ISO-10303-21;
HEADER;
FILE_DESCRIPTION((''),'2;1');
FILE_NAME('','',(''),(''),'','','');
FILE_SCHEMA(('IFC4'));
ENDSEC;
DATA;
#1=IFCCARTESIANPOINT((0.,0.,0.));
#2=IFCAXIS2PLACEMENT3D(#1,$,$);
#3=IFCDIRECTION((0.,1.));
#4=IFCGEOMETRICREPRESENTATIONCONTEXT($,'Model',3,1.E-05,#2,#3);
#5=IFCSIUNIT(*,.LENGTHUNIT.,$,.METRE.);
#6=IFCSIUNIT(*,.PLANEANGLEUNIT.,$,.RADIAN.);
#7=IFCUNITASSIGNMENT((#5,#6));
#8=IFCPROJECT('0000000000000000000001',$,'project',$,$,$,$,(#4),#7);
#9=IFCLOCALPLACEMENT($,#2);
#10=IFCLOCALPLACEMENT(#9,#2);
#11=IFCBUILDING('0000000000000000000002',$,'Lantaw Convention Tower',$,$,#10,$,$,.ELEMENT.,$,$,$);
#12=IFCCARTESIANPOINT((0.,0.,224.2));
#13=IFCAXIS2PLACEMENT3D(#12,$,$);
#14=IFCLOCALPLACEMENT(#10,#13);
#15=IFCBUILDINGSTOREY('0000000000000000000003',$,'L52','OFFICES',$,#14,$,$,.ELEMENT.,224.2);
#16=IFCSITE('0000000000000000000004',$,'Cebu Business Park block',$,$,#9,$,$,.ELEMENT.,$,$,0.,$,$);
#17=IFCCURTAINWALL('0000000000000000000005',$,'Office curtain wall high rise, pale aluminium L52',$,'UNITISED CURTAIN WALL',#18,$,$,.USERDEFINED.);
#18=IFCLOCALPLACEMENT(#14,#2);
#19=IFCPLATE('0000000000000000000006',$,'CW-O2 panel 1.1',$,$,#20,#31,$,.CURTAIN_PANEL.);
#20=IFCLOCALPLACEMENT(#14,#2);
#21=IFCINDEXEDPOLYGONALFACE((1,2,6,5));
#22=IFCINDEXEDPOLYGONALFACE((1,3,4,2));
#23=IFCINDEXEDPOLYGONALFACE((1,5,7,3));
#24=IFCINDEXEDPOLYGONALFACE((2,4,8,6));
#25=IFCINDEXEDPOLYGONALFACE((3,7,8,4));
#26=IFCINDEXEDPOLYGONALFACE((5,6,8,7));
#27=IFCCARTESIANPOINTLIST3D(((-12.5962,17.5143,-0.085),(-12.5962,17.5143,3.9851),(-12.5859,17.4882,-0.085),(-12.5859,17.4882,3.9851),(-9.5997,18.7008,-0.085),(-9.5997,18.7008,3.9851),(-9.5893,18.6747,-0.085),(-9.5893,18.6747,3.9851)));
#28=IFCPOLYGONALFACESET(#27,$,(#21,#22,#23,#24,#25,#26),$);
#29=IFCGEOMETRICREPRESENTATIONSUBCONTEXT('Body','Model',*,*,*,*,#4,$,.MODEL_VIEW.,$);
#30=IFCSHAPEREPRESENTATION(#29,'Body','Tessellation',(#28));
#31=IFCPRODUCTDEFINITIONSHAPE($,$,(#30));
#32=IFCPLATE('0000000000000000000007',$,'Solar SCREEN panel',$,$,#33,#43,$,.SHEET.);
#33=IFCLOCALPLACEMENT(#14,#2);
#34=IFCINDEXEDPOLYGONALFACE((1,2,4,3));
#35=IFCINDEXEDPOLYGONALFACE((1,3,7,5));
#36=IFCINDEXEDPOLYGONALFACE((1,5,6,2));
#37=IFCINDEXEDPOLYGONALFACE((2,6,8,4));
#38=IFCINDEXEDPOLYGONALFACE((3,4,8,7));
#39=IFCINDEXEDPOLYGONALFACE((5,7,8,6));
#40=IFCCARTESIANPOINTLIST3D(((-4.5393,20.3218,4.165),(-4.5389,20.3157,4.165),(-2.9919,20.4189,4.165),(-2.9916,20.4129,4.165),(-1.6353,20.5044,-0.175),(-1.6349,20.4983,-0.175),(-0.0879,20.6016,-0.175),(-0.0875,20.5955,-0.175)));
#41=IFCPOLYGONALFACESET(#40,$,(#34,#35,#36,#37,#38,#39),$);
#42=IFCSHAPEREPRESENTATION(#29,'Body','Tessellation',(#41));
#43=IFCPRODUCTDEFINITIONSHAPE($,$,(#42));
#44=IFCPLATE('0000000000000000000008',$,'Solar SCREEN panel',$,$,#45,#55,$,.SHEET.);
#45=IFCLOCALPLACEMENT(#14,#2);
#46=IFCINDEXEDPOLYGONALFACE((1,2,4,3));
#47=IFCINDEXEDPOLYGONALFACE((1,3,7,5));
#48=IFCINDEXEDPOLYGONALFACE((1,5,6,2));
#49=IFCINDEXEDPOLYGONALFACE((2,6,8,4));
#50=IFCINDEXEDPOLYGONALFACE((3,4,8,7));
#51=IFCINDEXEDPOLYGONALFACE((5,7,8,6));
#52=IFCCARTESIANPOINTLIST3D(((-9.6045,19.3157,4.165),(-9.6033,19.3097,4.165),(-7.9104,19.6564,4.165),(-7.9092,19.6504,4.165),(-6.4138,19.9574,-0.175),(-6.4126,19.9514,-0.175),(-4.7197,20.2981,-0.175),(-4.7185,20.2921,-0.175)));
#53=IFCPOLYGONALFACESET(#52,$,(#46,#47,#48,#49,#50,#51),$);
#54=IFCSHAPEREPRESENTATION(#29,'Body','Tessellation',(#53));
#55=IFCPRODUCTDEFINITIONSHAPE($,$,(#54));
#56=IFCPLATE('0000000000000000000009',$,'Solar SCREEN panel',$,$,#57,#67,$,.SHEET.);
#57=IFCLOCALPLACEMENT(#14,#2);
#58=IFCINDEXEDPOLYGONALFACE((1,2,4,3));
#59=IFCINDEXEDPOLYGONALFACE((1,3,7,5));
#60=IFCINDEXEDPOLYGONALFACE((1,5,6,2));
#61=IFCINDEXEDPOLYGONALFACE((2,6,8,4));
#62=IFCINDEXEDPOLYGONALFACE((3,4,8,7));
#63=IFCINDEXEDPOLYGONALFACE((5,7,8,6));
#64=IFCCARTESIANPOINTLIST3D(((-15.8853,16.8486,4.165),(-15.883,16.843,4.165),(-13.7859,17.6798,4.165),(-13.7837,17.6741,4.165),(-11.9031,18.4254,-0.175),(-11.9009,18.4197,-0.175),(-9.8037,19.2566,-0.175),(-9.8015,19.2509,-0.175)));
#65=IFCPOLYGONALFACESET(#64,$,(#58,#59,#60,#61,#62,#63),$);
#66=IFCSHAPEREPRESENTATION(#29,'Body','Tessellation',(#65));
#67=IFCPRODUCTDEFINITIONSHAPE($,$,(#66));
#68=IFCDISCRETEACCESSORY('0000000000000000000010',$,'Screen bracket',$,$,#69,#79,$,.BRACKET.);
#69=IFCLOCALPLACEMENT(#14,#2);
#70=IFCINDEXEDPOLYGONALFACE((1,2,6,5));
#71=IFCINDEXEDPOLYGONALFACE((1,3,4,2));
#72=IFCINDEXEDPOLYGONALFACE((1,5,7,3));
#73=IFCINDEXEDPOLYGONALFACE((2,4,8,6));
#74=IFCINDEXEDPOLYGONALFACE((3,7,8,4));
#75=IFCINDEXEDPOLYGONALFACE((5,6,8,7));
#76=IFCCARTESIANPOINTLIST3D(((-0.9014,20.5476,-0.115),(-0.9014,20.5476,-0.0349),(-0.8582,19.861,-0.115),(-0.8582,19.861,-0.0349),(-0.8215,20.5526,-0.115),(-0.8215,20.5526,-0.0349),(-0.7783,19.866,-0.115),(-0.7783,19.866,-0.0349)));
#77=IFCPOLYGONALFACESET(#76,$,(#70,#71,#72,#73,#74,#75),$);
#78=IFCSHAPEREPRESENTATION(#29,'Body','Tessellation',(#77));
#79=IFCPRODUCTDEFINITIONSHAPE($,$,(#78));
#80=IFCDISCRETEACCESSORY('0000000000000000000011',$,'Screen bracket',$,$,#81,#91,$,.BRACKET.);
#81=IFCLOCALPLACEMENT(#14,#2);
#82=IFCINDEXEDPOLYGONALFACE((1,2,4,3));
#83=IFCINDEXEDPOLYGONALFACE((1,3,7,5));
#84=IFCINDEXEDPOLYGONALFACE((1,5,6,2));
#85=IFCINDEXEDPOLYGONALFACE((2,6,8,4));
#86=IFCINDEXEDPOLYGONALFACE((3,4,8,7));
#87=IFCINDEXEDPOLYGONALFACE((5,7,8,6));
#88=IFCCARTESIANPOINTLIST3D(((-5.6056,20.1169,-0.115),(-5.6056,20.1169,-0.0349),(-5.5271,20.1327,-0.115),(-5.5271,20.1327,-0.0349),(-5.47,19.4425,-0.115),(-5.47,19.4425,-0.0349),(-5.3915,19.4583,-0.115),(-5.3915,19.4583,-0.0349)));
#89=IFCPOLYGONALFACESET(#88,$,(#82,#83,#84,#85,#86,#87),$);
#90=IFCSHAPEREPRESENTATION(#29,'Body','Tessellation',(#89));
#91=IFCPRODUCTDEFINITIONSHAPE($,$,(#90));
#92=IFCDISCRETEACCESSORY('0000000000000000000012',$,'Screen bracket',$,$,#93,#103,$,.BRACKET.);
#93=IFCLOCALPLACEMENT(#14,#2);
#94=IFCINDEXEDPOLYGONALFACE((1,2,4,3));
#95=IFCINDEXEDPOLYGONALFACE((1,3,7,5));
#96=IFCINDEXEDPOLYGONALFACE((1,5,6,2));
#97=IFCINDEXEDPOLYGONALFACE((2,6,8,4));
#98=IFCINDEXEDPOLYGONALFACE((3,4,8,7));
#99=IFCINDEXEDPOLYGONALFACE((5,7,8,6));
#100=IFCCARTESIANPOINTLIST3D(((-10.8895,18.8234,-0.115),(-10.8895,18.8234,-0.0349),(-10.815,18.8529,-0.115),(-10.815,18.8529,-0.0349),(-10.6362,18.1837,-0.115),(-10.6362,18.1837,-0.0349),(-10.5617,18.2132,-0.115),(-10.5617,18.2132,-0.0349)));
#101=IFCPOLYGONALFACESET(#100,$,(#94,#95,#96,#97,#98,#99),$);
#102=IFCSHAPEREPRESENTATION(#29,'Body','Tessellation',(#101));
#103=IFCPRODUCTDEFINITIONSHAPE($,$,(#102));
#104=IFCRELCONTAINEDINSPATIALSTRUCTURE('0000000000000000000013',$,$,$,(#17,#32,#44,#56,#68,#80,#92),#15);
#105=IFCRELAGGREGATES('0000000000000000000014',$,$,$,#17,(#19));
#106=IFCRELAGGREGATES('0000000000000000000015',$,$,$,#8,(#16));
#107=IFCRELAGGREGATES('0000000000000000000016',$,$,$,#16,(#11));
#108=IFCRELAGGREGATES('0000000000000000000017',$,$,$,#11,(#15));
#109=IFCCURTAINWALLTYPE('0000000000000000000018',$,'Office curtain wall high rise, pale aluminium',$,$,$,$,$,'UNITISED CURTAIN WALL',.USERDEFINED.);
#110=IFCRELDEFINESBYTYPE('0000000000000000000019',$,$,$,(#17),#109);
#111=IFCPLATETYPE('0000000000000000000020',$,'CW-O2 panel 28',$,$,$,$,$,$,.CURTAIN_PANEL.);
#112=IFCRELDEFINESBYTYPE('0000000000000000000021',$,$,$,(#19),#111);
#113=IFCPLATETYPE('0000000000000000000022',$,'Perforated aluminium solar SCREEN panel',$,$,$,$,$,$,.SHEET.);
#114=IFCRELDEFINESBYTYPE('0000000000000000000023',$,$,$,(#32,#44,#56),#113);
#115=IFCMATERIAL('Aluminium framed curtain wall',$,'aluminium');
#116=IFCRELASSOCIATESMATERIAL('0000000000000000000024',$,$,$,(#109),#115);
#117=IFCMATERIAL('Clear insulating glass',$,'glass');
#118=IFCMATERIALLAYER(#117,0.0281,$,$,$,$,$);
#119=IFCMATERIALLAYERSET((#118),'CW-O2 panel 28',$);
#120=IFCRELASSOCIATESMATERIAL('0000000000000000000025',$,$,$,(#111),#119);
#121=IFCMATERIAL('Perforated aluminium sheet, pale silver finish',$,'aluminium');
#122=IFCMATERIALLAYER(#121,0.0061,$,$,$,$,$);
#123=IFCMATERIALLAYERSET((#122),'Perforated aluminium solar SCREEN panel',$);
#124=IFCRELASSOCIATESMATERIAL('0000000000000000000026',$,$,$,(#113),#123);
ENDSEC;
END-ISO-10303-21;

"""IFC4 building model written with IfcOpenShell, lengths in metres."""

from ifc_helpers import new_model, si_unit, direction, frame, origin, origin_2d, place, context, subcontext, project, spatial, polyline, rectangle, outline, extrude, material, layer, layer_set, type_object, element, aggregate, save


model = new_model("IFC4")

# Units and contexts
model_context = context("Model", 3, precision=1e-05, world=origin(), true_north=direction((0.0, 1.0)))
body_context = subcontext(model_context, "Body", "Model", "MODEL_VIEW")
ifc_project = project(units=[si_unit("LENGTHUNIT", "METRE"), si_unit("PLANEANGLEUNIT", "RADIAN")], contexts=[model_context])

# Site, building, storey
site_placement = place(None, origin())
site = spatial("IfcSite", under=ifc_project, at=site_placement, Name="Cebu Business Park block", CompositionType="ELEMENT", RefElevation=0.0)
building_placement = place(site_placement, origin())
building = spatial("IfcBuilding", under=site, at=building_placement, Name="Lantaw Convention Tower", CompositionType="ELEMENT")
storey_placement = place(building_placement, frame((0.0, 0.0, 224.2)))
storey = spatial("IfcBuildingStorey", under=building, at=storey_placement, Name="L52", Description="OFFICES", CompositionType="ELEMENT", Elevation=224.2)

# Shared definitions
ifc_material_1 = material(Name="Aluminium framed curtain wall", Category="aluminium")
curtain_wall_type = type_object("IfcCurtainWallType", Name="Office curtain wall high rise, pale aluminium", ElementType="UNITISED CURTAIN WALL", PredefinedType="USERDEFINED", material=ifc_material_1)

# Curtain wall
curtain_wall_1_placement = place(storey_placement, origin())
curtain_wall_1 = element("IfcCurtainWall", 1, at=curtain_wall_1_placement, inside=storey, type_object=curtain_wall_type, Name="Office curtain wall high rise, pale aluminium L52", ObjectType="UNITISED CURTAIN WALL", PredefinedType="USERDEFINED")

# Plate
ifc_material_2 = material(Name="Clear insulating glass", Category="glass")
ifc_layer_1 = layer(ifc_material_2, 0.0281)
ifc_layer_set_1 = layer_set([ifc_layer_1], Name="CW-O2 panel 28")
plate_type_1 = type_object("IfcPlateType", Name="CW-O2 panel 28", PredefinedType="CURTAIN_PANEL", material=ifc_layer_set_1)
plate_1_placement = place(storey_placement, frame((-11.0928, 18.0945, -0.085), z_axis=(0.0, 0.0, 1.0), x_axis=(-0.929762, -0.368162, 0.0)))
plate_1 = element("IfcPlate", 2, at=plate_1_placement, type_object=plate_type_1, Name="CW-O2 panel 1.1", PredefinedType="CURTAIN_PANEL", context=body_context, shape_type="SweptSolid", body=[
    extrude(rectangle(XDim=3.2229, YDim=0.0281, at=origin_2d()), origin(), (0.0, 0.0, 1.0), 4.0701),
])
aggregate(curtain_wall_1, [plate_1])

# Plates
ifc_material_3 = material(Name="Perforated aluminium sheet, pale silver finish", Category="aluminium")
ifc_layer_2 = layer(ifc_material_3, 0.0061)
ifc_layer_set_2 = layer_set([ifc_layer_2], Name="Perforated aluminium solar SCREEN panel")
plate_type_2 = type_object("IfcPlateType", Name="Perforated aluminium solar SCREEN panel", PredefinedType="SHEET", material=ifc_layer_set_2)
plate_2_placement = place(storey_placement, frame((-0.0879, 20.6016, -0.175), z_axis=(-0.062672, 0.998034, 0.000059), x_axis=(-0.998034, -0.062672, 0.0)))
element("IfcPlate", 3, at=plate_2_placement, inside=storey, type_object=plate_type_2, Name="Solar SCREEN panel", PredefinedType="SHEET", context=body_context, shape_type="SweptSolid", body=[
    extrude(outline(polyline([(0.0, 0.0), (1.5504, 0.0), (4.4602, 4.3401), (2.9098, 4.3401), (0.0, 0.0)])), origin(), (0.0, 0.0, -1.0), 0.0061),
])
plate_3_placement = place(storey_placement, frame((-4.7197, 20.2981, -0.175), z_axis=(-0.197162, 0.980371, 0.000011), x_axis=(-0.980371, -0.197162, 0.0)))
element("IfcPlate", 4, at=plate_3_placement, inside=storey, type_object=plate_type_2, Name="Solar SCREEN panel", PredefinedType="SHEET", context=body_context, shape_type="SweptSolid", body=[
    extrude(outline(polyline([(0.0, 0.0), (1.728, 0.0), (4.9826, 4.3401), (3.2546, 4.3401), (0.0, 0.0)])), origin(), (0.0, 0.0, -1.0), 0.0061),
])
plate_4_placement = place(storey_placement, frame((-9.8037, 19.2566, -0.175), z_axis=(-0.368117, 0.92978, 0.000036), x_axis=(-0.92978, -0.368117, 0.0)))
element("IfcPlate", 5, at=plate_4_placement, inside=storey, type_object=plate_type_2, Name="Solar SCREEN panel", PredefinedType="SHEET", context=body_context, shape_type="SweptSolid", body=[
    extrude(outline(polyline([(0.0, 0.0), (2.258, 0.0), (6.5409, 4.3401), (4.283, 4.3401), (0.0, 0.0)])), origin(), (0.0, 0.0, -1.0), 0.0061),
])

# Discrete accessories
for number, where, z_axis, x_axis, name in (
    (6, (-0.8398, 20.2068, -0.115), (0.0, 0.0, 1.0), (-0.998029, -0.062758, 0.0), "Screen bracket"),
    (7, (-5.4985, 19.7876, -0.115), (0.0, 0.0, 1.0), (-0.980367, -0.197183, 0.0), "Screen bracket"),
    (8, (-10.7256, 18.5183, -0.115), (0.0, 0.0, 1.0), (-0.929762, -0.368162, 0.0), "Screen bracket"),
):
    element("IfcDiscreteAccessory", number, at=place(storey_placement, frame(where, z_axis=z_axis, x_axis=x_axis)), inside=storey, Name=name, PredefinedType="BRACKET", context=body_context, shape_type="SweptSolid", body=[
        extrude(rectangle(XDim=0.0801, YDim=0.688, at=origin_2d()), origin(), (0.0, 0.0, 1.0), 0.0801),
    ])

save(model, "model.ifc")
